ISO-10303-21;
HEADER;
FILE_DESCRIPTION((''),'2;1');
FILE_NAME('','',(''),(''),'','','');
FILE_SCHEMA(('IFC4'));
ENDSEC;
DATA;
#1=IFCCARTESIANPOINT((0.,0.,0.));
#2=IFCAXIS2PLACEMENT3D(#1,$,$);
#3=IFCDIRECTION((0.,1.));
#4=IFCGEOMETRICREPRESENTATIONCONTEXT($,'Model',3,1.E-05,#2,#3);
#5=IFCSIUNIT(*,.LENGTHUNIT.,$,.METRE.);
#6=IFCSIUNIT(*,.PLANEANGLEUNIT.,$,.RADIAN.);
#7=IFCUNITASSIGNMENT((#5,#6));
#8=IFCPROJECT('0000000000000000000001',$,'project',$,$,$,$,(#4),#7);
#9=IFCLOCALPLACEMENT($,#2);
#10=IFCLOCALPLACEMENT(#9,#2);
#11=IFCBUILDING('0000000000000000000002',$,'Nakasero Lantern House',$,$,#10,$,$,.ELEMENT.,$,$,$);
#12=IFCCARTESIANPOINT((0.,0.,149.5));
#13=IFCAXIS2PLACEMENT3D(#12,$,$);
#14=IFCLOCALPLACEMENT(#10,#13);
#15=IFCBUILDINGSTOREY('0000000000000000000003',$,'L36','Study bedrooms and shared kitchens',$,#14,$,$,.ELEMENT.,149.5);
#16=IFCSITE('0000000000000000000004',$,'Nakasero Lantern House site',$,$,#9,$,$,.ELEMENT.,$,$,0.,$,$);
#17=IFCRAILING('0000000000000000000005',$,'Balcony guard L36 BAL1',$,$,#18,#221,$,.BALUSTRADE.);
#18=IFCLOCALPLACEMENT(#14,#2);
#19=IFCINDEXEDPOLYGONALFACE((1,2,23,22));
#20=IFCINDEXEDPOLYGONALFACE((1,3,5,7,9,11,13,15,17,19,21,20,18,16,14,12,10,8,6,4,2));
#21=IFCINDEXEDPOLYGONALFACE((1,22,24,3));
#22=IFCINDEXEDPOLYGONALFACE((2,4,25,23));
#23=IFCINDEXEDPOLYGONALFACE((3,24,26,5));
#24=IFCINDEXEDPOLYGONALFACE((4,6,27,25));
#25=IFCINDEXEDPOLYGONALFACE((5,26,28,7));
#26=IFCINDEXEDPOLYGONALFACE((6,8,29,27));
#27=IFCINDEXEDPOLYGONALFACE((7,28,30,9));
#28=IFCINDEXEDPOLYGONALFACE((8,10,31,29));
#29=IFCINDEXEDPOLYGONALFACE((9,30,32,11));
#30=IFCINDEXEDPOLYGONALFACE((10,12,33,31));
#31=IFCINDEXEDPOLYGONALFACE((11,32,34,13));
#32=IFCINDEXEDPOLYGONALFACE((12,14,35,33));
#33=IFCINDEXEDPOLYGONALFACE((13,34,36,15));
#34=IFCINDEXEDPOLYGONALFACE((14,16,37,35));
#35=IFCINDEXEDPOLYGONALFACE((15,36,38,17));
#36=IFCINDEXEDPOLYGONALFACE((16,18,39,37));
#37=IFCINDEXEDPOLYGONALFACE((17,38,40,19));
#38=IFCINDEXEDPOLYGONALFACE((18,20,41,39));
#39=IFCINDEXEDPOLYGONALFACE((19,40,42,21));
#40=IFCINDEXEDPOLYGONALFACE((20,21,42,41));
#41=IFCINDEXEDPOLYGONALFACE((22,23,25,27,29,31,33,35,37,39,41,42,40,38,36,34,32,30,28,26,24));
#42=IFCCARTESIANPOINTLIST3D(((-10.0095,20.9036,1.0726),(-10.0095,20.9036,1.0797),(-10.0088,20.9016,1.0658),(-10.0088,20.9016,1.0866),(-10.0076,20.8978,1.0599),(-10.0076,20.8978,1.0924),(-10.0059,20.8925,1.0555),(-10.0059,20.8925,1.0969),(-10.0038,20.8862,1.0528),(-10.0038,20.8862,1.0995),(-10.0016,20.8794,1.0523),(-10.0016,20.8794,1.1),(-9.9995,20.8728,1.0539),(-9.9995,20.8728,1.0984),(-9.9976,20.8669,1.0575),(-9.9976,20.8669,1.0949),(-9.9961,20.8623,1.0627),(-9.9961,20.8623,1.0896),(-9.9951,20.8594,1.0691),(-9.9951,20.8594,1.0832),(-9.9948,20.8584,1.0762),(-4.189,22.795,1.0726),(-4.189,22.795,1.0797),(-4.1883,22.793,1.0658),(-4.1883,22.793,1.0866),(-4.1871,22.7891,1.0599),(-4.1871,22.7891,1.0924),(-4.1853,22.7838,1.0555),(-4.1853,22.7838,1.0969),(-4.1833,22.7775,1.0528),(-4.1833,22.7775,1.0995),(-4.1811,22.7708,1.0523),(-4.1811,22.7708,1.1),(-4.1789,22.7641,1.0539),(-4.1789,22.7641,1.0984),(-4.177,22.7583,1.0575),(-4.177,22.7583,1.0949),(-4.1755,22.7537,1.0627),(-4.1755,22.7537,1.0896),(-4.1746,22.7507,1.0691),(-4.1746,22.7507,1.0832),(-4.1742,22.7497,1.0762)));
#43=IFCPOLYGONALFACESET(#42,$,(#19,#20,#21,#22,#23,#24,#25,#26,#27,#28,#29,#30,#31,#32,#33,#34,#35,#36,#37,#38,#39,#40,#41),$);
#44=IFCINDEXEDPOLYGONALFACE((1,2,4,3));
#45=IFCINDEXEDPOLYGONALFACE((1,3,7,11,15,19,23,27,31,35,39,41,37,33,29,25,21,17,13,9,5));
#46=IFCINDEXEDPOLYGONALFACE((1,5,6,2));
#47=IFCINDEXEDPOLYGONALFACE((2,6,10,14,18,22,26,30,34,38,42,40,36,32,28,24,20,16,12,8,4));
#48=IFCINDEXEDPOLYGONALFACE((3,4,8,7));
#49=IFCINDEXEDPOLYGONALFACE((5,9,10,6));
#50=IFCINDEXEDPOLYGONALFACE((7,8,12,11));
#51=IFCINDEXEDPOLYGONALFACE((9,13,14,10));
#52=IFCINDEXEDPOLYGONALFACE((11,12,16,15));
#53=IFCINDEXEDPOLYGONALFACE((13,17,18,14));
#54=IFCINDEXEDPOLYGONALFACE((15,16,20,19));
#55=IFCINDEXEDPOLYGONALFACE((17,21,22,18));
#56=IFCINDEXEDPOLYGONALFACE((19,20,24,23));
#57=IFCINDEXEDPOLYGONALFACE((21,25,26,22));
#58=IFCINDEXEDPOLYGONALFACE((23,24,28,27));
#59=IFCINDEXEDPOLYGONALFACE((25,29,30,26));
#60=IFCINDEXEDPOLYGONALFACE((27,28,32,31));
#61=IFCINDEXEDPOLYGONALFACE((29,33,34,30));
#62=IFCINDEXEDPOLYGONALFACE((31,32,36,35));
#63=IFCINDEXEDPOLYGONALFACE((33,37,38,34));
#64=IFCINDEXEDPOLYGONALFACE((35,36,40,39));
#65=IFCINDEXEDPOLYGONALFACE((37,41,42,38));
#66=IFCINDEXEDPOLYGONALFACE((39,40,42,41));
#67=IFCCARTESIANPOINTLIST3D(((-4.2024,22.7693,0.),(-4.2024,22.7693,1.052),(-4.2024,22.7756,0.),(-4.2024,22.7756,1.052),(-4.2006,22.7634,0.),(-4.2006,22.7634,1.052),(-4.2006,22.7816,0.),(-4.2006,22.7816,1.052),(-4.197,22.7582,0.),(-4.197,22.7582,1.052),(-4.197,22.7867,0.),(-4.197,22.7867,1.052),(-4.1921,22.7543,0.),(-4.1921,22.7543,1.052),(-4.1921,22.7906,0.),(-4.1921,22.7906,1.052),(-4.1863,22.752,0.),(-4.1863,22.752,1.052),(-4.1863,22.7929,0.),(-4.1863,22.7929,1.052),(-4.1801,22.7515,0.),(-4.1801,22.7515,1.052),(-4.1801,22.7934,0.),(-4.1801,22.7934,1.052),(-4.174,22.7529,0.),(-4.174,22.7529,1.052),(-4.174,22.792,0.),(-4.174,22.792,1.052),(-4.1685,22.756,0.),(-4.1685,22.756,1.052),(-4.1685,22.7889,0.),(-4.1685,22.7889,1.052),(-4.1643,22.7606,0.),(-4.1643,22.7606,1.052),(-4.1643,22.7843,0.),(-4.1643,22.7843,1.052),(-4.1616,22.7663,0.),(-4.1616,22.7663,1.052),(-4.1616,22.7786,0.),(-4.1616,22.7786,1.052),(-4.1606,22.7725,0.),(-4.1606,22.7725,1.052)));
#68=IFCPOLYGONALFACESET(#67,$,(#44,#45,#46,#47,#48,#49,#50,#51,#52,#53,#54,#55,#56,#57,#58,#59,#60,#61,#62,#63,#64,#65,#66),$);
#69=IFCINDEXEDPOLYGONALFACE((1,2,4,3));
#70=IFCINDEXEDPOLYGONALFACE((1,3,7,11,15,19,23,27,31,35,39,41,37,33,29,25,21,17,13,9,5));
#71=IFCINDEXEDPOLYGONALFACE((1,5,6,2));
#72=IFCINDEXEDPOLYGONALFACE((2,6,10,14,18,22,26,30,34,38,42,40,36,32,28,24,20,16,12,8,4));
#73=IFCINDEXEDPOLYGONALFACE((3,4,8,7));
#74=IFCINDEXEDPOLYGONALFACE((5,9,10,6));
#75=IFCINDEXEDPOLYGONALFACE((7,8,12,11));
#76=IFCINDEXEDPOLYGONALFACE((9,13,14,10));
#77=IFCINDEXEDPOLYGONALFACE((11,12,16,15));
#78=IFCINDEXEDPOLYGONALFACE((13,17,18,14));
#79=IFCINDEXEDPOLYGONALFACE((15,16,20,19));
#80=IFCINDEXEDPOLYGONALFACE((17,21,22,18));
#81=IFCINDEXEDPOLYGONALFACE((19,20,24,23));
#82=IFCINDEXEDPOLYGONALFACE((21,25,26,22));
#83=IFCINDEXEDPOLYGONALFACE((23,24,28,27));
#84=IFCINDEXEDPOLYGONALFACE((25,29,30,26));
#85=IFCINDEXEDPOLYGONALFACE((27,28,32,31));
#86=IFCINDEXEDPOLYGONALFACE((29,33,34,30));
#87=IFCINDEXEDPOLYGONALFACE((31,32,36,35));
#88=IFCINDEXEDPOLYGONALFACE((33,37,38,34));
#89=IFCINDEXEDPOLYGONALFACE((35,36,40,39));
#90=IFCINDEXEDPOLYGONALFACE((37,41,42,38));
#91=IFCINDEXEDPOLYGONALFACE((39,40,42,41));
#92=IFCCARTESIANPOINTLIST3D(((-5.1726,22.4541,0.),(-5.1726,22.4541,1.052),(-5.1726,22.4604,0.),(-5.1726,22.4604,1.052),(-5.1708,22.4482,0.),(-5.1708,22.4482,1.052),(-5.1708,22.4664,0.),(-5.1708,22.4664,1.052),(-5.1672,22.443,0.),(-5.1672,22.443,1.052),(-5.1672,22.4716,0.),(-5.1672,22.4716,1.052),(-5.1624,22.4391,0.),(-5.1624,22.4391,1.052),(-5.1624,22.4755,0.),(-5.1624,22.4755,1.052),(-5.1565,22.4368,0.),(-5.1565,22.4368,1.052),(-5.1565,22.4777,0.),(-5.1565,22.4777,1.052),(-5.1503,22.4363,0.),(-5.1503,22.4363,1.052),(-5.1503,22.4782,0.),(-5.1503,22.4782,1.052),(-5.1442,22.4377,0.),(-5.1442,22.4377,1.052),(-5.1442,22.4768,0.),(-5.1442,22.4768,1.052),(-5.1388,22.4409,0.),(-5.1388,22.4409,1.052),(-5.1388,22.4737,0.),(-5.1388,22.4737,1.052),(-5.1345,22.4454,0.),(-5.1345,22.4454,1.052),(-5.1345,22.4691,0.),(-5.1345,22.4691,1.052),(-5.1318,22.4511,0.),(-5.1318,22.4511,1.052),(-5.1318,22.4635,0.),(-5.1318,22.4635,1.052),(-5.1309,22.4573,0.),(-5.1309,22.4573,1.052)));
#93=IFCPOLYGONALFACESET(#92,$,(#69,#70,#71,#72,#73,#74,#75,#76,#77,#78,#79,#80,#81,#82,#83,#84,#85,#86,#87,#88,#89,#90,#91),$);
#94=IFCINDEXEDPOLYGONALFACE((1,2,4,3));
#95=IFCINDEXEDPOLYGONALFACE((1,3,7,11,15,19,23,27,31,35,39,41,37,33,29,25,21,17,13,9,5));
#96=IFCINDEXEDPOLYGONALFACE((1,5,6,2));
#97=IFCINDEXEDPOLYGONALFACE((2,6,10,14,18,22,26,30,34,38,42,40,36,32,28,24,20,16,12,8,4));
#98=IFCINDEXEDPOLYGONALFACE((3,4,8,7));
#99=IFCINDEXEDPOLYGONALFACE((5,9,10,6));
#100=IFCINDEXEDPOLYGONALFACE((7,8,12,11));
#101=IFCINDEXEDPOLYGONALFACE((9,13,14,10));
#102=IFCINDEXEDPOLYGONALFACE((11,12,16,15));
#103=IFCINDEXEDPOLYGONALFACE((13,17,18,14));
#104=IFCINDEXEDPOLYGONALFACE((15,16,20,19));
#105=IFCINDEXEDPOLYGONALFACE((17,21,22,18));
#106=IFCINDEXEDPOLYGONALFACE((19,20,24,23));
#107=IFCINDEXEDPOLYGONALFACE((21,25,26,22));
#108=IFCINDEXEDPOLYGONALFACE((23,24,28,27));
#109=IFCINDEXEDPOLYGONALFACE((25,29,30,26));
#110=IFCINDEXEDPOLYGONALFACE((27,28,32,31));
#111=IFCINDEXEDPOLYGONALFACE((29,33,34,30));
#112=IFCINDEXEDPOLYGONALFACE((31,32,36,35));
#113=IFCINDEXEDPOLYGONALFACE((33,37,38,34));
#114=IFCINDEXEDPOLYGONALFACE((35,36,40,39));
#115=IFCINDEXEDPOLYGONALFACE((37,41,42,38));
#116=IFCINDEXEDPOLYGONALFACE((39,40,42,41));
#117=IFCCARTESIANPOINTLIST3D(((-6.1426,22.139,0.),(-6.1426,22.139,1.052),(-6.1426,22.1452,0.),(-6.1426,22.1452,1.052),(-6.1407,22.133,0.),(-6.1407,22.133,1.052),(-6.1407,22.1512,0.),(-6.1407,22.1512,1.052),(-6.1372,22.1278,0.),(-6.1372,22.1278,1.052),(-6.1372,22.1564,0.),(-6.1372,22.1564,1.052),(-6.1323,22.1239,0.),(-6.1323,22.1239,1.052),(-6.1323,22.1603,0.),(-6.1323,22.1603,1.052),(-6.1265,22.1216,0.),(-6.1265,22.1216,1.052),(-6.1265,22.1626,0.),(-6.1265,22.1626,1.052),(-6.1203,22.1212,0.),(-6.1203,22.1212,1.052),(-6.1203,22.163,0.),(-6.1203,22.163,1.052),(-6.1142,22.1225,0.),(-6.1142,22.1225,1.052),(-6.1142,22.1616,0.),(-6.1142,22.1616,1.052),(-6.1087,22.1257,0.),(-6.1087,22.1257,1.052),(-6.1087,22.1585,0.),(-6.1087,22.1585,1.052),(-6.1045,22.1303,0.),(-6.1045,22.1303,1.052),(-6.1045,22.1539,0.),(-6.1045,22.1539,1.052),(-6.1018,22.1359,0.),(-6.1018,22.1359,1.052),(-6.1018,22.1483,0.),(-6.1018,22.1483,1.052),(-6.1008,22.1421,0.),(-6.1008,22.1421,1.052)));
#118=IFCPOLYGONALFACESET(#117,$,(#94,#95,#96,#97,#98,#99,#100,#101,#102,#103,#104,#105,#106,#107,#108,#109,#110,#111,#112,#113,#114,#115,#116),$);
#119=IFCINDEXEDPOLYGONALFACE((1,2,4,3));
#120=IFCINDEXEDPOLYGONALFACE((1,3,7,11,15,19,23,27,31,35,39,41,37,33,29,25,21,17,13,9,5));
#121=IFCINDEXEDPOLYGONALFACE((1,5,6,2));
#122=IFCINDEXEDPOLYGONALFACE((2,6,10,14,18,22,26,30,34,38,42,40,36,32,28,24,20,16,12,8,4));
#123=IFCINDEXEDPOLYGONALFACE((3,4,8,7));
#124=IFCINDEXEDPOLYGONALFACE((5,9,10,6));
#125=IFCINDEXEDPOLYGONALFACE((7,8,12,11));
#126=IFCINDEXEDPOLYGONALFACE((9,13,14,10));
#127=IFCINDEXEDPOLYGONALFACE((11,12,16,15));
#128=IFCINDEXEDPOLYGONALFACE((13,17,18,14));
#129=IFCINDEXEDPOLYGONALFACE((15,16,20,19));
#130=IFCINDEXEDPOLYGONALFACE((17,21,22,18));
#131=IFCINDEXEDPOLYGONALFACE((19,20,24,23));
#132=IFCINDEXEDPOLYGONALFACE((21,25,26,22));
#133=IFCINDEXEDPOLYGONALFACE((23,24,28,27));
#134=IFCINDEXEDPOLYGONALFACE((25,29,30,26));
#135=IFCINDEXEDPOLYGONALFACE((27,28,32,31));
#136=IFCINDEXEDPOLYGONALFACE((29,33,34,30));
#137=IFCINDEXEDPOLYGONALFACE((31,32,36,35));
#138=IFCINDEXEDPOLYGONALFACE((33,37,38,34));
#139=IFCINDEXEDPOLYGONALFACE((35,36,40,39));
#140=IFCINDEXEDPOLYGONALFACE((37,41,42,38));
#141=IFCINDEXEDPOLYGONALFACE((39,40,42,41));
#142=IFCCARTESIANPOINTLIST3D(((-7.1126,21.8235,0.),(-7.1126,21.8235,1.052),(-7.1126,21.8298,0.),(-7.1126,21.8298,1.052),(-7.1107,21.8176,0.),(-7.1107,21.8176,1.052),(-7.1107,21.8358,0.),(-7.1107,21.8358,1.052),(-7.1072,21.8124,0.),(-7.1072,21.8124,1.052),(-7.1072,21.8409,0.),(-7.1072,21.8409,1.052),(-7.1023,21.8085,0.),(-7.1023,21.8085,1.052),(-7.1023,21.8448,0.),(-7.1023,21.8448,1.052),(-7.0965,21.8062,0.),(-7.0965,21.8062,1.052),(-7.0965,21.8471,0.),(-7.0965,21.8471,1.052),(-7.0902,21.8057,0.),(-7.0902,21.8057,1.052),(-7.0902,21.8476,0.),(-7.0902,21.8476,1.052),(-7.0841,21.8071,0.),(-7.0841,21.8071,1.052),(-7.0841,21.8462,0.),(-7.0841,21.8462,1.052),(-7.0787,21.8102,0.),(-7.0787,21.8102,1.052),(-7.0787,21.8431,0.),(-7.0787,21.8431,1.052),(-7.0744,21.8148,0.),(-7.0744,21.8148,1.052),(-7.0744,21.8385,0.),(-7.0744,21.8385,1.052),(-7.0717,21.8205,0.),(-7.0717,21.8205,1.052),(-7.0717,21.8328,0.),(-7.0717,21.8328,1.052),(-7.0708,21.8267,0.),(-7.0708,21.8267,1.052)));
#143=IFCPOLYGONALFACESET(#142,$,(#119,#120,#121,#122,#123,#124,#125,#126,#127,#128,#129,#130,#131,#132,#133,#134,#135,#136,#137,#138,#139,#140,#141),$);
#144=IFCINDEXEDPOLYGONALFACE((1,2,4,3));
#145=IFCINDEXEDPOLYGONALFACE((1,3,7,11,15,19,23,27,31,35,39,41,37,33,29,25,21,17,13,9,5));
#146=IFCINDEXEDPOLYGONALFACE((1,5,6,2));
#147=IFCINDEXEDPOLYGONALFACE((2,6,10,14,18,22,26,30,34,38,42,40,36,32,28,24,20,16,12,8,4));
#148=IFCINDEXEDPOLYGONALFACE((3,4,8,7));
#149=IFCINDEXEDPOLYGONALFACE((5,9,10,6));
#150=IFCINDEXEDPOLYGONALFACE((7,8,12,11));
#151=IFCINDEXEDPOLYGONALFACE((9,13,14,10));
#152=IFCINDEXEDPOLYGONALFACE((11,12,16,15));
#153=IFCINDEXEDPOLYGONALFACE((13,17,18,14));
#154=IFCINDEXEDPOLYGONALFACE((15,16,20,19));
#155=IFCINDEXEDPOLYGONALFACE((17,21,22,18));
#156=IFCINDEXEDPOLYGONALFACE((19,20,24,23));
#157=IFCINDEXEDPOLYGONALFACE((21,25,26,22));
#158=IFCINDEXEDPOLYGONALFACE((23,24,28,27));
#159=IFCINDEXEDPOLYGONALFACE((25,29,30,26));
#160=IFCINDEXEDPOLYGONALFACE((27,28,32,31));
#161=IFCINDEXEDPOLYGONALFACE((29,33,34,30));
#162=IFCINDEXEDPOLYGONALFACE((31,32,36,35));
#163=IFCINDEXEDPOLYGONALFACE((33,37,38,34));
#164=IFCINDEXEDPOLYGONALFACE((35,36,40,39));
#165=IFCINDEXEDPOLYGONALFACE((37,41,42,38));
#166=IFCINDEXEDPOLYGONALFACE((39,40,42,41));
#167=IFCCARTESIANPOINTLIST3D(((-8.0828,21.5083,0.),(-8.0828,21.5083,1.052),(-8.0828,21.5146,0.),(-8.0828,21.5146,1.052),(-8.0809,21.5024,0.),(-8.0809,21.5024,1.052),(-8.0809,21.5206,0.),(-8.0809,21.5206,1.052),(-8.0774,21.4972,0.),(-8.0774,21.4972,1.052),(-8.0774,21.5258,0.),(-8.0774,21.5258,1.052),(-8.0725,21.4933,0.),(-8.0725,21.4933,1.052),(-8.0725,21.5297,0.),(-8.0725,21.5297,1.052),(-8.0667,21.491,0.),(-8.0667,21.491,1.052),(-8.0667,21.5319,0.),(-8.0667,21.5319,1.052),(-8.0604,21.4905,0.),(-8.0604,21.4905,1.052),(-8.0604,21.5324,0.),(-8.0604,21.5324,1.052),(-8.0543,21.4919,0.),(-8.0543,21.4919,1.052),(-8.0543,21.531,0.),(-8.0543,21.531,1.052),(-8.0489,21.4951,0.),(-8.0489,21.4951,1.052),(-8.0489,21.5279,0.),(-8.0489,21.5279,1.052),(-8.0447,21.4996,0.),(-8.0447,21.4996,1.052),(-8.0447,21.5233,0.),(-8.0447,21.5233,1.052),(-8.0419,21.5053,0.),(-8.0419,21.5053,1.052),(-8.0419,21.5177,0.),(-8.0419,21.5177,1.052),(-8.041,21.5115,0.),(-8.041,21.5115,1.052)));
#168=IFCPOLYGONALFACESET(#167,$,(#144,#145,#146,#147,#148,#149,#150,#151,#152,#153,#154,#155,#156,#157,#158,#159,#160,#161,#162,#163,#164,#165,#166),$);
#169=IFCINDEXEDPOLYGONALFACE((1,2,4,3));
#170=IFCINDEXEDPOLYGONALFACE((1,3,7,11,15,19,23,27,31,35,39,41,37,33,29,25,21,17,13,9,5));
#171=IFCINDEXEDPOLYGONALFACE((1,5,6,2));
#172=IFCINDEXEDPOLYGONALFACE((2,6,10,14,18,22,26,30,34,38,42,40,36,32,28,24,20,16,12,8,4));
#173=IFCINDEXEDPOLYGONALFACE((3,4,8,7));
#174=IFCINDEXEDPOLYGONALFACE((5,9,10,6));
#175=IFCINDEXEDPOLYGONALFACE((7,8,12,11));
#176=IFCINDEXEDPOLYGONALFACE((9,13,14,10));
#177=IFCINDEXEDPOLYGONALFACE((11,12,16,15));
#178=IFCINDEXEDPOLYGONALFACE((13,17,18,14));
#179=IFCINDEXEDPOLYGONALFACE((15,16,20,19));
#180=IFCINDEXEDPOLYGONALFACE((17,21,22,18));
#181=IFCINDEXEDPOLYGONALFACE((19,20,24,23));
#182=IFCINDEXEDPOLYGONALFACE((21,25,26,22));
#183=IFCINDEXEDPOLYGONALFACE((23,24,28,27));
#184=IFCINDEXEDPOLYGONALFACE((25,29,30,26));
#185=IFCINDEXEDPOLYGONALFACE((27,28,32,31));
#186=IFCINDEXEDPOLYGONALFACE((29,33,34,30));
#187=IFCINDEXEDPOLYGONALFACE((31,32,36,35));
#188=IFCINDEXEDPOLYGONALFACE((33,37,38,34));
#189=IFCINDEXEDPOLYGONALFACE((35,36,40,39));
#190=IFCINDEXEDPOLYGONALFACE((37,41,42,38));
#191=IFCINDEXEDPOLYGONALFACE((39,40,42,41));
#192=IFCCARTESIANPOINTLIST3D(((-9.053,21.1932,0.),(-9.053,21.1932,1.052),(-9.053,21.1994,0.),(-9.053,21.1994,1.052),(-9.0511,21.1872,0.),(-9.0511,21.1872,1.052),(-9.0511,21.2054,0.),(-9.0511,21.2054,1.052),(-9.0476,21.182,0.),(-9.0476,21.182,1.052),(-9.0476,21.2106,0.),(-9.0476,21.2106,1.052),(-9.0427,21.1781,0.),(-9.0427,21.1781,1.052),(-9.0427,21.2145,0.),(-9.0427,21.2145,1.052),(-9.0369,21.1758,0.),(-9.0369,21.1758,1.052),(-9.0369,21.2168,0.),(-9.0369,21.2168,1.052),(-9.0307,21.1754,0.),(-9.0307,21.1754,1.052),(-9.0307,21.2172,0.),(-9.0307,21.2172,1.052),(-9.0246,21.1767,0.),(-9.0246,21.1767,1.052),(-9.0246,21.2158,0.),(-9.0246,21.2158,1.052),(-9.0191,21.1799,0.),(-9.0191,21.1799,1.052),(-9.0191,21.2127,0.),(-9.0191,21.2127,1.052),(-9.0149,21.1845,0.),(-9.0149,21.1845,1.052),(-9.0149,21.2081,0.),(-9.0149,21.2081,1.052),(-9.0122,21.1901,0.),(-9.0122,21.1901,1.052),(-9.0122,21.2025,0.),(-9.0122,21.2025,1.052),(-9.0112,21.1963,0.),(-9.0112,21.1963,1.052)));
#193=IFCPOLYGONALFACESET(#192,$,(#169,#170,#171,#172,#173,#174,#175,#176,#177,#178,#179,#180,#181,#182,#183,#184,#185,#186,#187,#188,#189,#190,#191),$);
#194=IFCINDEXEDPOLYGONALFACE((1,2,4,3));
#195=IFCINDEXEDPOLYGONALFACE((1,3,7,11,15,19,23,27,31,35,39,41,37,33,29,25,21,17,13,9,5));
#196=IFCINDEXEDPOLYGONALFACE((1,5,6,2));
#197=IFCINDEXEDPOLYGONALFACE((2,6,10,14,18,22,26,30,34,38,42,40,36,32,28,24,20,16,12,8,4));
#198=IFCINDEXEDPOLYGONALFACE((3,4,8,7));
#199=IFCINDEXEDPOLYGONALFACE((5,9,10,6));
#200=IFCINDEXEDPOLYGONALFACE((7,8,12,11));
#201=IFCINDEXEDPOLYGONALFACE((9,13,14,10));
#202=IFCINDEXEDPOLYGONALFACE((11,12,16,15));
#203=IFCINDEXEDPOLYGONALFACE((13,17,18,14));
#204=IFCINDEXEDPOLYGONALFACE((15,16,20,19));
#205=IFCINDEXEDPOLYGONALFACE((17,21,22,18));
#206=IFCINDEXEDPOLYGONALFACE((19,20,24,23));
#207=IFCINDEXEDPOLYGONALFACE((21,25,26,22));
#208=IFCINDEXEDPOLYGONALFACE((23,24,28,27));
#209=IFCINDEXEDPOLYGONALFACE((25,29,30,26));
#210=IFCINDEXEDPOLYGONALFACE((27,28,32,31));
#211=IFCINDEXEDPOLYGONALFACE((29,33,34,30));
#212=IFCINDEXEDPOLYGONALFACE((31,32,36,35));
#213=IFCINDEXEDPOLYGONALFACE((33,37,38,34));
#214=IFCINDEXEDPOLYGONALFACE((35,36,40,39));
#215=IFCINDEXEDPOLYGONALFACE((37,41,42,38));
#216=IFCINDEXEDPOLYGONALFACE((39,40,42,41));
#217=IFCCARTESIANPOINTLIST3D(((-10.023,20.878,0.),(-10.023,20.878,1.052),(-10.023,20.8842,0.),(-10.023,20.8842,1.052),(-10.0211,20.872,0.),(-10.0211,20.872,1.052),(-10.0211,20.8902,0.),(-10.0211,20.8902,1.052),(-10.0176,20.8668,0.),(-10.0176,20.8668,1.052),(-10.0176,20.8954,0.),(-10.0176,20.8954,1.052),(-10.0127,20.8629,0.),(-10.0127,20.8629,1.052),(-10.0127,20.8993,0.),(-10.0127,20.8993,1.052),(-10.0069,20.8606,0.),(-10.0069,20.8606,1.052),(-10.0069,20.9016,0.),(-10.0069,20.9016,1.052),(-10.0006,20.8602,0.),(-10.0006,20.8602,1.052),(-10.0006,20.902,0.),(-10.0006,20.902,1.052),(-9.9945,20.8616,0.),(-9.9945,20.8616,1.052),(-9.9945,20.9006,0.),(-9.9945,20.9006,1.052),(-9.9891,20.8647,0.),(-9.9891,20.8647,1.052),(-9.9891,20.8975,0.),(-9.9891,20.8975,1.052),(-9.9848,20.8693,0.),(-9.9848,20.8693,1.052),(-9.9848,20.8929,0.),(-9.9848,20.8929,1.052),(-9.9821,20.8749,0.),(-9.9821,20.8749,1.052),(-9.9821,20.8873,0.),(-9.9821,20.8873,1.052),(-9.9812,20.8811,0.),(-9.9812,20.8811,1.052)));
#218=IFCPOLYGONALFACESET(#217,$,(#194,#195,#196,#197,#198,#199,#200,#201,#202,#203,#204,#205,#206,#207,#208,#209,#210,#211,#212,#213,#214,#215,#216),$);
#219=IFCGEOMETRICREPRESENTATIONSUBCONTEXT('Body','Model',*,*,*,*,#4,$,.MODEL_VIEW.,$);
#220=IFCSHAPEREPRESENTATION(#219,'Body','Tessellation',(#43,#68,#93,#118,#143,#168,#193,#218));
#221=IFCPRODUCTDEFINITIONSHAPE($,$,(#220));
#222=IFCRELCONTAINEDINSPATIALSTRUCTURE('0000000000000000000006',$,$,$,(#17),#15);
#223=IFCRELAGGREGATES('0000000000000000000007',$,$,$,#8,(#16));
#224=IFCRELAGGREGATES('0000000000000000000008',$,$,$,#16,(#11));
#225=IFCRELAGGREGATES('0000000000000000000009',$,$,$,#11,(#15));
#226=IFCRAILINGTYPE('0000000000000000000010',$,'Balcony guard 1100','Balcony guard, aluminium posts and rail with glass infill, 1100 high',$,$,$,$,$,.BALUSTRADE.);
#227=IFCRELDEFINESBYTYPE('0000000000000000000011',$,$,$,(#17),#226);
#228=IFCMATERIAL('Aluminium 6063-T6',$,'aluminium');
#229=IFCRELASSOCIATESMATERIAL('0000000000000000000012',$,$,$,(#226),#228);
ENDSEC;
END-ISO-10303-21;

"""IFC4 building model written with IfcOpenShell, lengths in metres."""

from ifc_helpers import new_model, si_unit, direction, frame, origin, origin_2d, place, context, subcontext, project, spatial, circle, extrude, material, type_object, element, save


model = new_model("IFC4")

# Units and contexts
model_context = context("Model", 3, precision=1e-05, world=origin(), true_north=direction((0.0, 1.0)))
body_context = subcontext(model_context, "Body", "Model", "MODEL_VIEW")
ifc_project = project(units=[si_unit("LENGTHUNIT", "METRE"), si_unit("PLANEANGLEUNIT", "RADIAN")], contexts=[model_context])

# Site, building, storey
site_placement = place(None, origin())
site = spatial("IfcSite", under=ifc_project, at=site_placement, Name="Nakasero Lantern House site", CompositionType="ELEMENT", RefElevation=0.0)
building_placement = place(site_placement, origin())
building = spatial("IfcBuilding", under=site, at=building_placement, Name="Nakasero Lantern House", CompositionType="ELEMENT")
storey_placement = place(building_placement, frame((0.0, 0.0, 149.5)))
storey = spatial("IfcBuildingStorey", under=building, at=storey_placement, Name="L36", Description="Study bedrooms and shared kitchens", CompositionType="ELEMENT", Elevation=149.5)

# Railing
ifc_material_1 = material(Name="Aluminium 6063-T6", Category="aluminium")
railing_type = type_object("IfcRailingType", Name="Balcony guard 1100", Description="Balcony guard, aluminium posts and rail with glass infill, 1100 high", PredefinedType="BALUSTRADE", material=ifc_material_1)
railing_placement = place(storey_placement, frame((-4.1816, 22.7725, 0.0)))
element("IfcRailing", 1, at=railing_placement, inside=storey, type_object=railing_type, Name="Balcony guard L36 BAL1", PredefinedType="BALUSTRADE", context=body_context, shape_type="SweptSolid", body=[
    extrude(circle(Radius=0.0239, at=origin_2d()), frame((0.0, 0.0, 1.0762), z_axis=(-0.95105, -0.309038, 0.0), x_axis=(0.309038, -0.95105, 0.0)), (0.0, 0.0, 1.0), 6.1201),
    extrude(circle(Radius=0.021, at=origin_2d()), origin(), (0.0, 0.0, 1.0), 1.052),
    extrude(circle(Radius=0.021, at=origin_2d()), frame((-0.9702, -0.3152, 0.0)), (0.0, 0.0, 1.0), 1.052),
    extrude(circle(Radius=0.021, at=origin_2d()), frame((-1.9402, -0.6304, 0.0)), (0.0, 0.0, 1.0), 1.052),
    extrude(circle(Radius=0.021, at=origin_2d()), frame((-2.9102, -0.9458, 0.0)), (0.0, 0.0, 1.0), 1.052),
    extrude(circle(Radius=0.021, at=origin_2d()), frame((-3.8804, -1.261, 0.0)), (0.0, 0.0, 1.0), 1.052),
    extrude(circle(Radius=0.021, at=origin_2d()), frame((-4.8506, -1.5762, 0.0)), (0.0, 0.0, 1.0), 1.052),
    extrude(circle(Radius=0.021, at=origin_2d()), frame((-5.8206, -1.8914, 0.0)), (0.0, 0.0, 1.0), 1.052),
])

save(model, "model.ifc")
